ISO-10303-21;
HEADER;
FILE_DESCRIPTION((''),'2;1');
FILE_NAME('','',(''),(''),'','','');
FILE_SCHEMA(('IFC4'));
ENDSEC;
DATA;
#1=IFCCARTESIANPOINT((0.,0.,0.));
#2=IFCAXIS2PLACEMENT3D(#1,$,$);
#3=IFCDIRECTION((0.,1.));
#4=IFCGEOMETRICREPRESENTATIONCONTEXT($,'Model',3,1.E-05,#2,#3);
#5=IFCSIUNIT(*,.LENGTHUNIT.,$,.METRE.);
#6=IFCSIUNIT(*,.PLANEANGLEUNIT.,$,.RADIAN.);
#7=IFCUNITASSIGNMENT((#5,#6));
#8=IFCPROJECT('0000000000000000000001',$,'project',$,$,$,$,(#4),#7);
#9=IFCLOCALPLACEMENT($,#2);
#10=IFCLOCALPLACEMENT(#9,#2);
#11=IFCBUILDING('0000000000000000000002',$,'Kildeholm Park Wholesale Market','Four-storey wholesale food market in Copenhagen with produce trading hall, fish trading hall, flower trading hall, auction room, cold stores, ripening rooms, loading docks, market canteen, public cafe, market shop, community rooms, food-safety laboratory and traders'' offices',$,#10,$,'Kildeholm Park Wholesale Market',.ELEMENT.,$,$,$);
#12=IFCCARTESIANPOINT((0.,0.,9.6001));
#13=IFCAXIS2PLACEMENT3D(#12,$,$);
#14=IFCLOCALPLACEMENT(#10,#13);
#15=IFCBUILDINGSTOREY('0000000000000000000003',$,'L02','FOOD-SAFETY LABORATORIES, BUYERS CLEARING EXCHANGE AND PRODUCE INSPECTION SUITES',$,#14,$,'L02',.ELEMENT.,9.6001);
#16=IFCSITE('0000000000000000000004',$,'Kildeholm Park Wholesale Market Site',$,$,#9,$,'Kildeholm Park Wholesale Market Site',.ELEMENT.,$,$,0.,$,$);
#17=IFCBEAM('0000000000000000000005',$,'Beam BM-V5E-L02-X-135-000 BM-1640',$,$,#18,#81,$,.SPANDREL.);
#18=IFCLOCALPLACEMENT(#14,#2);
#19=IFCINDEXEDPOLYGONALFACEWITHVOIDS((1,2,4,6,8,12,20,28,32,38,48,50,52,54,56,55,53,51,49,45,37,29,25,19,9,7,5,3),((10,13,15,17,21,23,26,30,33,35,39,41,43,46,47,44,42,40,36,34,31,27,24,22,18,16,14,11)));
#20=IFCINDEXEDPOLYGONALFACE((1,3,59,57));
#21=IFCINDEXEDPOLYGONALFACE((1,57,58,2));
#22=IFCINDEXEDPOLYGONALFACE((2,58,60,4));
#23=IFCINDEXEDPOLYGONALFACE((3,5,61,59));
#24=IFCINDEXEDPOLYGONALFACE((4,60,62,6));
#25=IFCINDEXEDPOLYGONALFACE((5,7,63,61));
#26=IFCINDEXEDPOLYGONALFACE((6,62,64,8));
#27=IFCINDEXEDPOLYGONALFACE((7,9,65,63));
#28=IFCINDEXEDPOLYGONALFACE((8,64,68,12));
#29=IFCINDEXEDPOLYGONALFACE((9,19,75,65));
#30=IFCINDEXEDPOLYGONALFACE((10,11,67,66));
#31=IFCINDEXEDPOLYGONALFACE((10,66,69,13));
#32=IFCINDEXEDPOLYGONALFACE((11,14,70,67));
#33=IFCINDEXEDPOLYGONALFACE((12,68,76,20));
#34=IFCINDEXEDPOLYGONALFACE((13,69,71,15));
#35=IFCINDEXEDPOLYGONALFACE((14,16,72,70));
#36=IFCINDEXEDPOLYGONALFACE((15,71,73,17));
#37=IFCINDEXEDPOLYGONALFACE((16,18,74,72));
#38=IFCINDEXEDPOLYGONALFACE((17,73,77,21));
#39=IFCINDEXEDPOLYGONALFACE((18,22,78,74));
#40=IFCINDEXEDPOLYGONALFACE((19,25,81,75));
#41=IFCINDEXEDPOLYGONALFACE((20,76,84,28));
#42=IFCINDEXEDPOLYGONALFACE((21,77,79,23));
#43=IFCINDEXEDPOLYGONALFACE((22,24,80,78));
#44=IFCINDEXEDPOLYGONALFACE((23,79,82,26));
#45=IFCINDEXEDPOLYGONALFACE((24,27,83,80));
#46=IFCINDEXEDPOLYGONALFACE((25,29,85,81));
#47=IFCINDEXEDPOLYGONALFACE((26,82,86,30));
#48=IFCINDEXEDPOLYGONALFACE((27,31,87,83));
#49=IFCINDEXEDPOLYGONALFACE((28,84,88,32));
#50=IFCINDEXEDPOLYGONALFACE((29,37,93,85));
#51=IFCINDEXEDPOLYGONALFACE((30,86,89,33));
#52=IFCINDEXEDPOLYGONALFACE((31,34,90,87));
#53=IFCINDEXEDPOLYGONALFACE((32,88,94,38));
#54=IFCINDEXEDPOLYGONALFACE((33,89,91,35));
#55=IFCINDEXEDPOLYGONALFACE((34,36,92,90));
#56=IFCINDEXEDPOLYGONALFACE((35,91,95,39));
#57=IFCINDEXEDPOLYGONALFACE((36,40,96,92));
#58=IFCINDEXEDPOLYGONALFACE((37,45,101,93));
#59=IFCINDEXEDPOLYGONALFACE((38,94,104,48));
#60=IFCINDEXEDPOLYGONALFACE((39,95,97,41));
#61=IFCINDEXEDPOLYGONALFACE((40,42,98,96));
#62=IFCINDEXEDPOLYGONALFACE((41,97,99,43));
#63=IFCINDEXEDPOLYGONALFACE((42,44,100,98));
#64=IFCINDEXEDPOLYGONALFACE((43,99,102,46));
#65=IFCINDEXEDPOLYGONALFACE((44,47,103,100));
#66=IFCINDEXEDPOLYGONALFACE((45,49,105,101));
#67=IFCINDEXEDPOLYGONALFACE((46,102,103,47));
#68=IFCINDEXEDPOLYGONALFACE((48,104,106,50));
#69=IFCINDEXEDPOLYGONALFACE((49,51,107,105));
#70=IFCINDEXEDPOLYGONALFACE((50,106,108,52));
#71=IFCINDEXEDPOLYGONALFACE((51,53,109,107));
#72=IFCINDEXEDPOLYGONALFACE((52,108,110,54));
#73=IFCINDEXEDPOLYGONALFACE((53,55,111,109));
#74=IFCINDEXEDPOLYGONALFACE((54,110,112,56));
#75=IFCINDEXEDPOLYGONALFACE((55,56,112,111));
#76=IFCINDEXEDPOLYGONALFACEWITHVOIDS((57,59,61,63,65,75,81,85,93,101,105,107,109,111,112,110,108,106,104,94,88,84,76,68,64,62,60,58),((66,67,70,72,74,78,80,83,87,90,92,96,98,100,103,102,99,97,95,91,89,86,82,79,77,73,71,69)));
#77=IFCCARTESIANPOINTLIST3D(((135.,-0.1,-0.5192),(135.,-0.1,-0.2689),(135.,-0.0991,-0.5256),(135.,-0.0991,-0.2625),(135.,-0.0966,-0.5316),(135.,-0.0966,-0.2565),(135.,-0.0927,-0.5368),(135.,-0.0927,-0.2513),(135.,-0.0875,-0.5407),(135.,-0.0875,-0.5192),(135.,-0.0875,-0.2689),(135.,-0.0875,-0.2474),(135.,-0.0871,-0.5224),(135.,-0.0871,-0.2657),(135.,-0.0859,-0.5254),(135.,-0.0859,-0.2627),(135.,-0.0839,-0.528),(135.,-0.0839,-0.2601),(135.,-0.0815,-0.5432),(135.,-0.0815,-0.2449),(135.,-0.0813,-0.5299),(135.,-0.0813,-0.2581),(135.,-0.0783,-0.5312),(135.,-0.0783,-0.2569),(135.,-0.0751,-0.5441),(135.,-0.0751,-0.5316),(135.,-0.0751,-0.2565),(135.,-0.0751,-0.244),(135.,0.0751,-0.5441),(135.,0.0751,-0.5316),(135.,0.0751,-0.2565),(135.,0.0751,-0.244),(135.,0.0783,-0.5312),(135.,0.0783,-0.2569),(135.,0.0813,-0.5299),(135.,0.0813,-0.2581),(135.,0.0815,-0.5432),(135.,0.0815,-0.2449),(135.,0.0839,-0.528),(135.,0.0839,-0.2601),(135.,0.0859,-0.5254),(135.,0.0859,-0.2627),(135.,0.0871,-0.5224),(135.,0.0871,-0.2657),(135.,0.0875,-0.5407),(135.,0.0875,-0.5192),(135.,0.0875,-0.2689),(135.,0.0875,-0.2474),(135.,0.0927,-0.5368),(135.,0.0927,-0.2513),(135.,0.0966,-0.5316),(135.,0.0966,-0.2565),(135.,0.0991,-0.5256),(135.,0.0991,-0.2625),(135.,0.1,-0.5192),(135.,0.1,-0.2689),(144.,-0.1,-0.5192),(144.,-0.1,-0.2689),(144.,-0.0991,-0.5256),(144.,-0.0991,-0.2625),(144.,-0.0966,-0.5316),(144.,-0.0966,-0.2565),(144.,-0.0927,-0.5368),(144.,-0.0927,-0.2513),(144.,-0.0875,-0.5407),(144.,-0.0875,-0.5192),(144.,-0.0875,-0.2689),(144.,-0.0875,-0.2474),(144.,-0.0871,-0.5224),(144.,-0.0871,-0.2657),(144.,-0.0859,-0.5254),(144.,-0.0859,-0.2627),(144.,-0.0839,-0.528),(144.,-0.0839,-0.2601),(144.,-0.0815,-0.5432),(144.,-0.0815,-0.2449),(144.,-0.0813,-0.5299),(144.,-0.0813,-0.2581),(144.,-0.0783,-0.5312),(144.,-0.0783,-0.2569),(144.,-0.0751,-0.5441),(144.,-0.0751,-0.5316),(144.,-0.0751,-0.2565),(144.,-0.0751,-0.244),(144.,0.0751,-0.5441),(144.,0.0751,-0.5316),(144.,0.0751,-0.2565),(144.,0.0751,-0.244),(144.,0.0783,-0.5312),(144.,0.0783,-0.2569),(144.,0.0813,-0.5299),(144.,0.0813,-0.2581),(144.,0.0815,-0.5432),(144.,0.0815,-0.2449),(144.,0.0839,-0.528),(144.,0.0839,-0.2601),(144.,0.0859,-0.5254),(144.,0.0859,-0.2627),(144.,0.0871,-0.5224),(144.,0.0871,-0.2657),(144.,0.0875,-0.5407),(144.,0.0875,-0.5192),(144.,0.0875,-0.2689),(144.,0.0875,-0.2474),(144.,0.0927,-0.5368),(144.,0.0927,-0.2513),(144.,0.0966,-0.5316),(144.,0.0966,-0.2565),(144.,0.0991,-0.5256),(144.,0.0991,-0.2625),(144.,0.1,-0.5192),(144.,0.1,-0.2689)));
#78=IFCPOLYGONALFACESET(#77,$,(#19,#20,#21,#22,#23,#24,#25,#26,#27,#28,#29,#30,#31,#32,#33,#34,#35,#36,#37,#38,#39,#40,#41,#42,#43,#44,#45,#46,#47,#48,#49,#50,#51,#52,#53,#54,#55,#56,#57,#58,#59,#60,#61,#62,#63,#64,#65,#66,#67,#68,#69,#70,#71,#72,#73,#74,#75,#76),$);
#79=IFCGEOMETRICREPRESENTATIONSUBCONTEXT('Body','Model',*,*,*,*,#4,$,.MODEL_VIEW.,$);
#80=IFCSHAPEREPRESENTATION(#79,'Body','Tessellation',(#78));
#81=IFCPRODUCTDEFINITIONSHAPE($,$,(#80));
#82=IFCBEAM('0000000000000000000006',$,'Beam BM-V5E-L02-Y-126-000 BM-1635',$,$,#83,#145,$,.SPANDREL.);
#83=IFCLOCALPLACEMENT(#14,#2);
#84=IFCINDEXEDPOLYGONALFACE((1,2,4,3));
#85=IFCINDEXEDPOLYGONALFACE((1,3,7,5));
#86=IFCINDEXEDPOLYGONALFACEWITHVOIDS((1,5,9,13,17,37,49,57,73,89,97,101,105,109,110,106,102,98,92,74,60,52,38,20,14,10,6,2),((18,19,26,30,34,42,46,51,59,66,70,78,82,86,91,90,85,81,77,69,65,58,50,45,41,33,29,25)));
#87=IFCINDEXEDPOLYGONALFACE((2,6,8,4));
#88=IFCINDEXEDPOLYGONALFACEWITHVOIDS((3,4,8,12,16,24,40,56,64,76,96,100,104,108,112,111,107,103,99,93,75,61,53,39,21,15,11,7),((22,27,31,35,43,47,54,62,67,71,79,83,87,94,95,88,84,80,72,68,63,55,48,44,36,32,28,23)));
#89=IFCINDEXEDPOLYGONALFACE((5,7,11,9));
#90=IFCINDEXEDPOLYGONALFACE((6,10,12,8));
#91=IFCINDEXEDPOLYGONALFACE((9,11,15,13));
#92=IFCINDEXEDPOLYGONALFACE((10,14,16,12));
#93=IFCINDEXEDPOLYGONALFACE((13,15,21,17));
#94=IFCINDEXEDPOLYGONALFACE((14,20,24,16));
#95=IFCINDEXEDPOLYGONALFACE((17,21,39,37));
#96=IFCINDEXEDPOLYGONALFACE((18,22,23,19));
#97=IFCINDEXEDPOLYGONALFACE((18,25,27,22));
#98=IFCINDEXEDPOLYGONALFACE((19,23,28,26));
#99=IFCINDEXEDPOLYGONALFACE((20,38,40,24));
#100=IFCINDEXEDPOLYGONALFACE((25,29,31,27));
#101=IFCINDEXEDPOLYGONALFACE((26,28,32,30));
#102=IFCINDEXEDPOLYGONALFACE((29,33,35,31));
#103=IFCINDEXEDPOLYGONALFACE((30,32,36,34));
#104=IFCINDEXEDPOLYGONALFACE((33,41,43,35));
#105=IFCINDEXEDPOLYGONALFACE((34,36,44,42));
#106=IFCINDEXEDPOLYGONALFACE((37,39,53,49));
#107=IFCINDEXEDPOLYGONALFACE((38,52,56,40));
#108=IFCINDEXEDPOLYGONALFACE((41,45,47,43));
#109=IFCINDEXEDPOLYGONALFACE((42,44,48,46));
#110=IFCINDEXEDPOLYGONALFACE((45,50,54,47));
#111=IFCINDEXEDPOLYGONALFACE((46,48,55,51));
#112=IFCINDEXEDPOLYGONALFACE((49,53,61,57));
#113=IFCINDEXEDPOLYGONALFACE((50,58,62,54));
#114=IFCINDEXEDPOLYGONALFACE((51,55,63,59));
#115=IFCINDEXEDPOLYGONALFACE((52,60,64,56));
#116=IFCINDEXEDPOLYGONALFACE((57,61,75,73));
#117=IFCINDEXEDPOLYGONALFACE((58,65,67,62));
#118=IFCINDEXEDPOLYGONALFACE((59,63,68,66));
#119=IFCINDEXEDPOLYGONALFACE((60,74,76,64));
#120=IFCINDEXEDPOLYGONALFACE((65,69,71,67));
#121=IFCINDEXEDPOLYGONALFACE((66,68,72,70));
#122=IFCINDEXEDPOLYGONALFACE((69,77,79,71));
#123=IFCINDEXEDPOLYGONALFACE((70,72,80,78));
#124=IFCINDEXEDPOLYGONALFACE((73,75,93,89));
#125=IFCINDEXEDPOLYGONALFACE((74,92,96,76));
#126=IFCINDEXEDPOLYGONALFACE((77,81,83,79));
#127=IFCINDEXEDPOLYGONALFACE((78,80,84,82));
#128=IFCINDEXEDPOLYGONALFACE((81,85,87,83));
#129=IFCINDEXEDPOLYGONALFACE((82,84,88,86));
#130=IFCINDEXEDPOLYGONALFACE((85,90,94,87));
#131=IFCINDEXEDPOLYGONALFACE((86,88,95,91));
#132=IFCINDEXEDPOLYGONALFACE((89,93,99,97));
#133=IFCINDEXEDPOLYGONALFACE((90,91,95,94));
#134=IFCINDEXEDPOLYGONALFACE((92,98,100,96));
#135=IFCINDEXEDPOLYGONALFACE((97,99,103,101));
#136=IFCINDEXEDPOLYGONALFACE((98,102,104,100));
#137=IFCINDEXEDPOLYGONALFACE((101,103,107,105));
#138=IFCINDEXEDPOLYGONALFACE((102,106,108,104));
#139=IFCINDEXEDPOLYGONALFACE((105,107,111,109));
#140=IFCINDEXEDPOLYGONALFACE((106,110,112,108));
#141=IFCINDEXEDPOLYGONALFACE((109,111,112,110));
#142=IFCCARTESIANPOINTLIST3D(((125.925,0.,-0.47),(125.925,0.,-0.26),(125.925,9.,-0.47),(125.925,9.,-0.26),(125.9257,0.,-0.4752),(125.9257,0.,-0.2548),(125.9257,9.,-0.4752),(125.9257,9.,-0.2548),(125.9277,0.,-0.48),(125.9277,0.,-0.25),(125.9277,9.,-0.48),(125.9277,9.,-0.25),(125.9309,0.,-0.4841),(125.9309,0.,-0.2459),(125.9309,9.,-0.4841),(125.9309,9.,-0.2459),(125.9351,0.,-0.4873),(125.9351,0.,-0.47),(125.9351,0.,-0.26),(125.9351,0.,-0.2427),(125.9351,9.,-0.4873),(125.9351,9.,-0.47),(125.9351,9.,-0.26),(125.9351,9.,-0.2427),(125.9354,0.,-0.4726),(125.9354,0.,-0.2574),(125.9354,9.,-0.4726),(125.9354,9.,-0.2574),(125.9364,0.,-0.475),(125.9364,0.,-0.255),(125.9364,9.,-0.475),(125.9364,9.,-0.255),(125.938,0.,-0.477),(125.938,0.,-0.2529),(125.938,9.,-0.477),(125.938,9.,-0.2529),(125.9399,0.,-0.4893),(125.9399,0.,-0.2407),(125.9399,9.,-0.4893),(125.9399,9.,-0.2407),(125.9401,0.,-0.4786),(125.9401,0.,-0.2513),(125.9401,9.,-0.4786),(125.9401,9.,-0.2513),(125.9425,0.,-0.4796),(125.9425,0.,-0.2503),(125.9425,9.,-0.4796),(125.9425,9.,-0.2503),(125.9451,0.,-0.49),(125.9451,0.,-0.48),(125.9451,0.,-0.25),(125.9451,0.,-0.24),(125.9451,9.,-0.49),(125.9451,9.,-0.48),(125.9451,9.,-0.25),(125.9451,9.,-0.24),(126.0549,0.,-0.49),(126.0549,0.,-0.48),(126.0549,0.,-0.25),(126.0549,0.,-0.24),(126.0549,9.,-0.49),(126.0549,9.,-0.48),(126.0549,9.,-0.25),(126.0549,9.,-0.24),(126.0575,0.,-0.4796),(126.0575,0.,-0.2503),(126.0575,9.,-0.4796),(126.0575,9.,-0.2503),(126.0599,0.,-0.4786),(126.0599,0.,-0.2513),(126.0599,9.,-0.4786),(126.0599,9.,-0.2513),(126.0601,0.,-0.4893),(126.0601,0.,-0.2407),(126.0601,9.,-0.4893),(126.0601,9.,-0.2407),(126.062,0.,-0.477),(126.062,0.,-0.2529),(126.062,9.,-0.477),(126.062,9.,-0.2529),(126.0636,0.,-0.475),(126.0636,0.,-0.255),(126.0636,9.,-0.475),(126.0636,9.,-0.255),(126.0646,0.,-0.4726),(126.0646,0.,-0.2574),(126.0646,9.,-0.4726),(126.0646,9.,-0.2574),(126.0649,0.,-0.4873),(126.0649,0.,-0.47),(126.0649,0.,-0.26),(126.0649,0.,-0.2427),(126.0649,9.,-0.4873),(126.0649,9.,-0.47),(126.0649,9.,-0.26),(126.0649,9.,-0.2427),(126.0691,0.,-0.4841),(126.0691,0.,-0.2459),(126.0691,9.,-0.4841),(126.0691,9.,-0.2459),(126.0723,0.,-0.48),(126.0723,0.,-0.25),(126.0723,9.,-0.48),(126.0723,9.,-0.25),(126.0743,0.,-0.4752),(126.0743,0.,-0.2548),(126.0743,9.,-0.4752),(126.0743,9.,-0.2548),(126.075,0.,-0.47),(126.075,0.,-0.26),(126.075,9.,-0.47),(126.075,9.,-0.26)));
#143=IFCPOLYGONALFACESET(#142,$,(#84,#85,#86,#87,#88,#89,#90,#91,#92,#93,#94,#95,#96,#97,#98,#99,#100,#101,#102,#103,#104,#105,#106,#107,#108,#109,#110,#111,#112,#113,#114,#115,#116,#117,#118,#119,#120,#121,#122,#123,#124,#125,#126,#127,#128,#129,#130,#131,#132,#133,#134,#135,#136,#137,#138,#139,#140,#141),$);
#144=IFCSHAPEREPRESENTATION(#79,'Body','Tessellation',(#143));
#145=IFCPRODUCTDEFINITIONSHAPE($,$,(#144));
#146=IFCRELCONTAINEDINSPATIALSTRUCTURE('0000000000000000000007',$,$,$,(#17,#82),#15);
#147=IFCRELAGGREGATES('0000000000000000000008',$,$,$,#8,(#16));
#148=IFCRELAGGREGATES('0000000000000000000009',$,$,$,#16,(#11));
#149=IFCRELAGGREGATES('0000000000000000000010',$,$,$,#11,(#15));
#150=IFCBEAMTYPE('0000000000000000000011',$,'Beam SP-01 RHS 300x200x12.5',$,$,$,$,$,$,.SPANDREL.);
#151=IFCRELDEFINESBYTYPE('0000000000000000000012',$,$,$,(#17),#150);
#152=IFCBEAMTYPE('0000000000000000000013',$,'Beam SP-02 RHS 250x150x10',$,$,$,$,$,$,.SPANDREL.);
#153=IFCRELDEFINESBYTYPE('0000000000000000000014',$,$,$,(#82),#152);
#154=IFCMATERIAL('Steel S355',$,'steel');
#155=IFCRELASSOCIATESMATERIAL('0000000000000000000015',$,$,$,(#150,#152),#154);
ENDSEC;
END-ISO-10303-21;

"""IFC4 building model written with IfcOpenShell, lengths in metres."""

from ifc_helpers import new_model, si_unit, direction, frame, origin, origin_2d, place, context, subcontext, project, spatial, hollow_rectangle, extrude, material, material_profile, profile_set, type_object, element, save


model = new_model("IFC4")

# Units and contexts
model_context = context("Model", 3, precision=1e-05, world=origin(), true_north=direction((0.0, 1.0)))
body_context = subcontext(model_context, "Body", "Model", "MODEL_VIEW")
ifc_project = project(units=[si_unit("LENGTHUNIT", "METRE"), si_unit("PLANEANGLEUNIT", "RADIAN")], contexts=[model_context])

# Site, building, storey
site_placement = place(None, origin())
site = spatial("IfcSite", under=ifc_project, at=site_placement, Name="Kildeholm Park Wholesale Market Site", LongName="Kildeholm Park Wholesale Market Site", CompositionType="ELEMENT", RefElevation=0.0)
building_placement = place(site_placement, origin())
building = spatial("IfcBuilding", under=site, at=building_placement, Name="Kildeholm Park Wholesale Market", Description="Four-storey wholesale food market in Copenhagen with produce trading hall, fish trading hall, flower trading hall, auction room, cold stores, ripening rooms, loading docks, market canteen, public cafe, market shop, community rooms, food-safety laboratory and traders' offices", LongName="Kildeholm Park Wholesale Market", CompositionType="ELEMENT")
storey_placement = place(building_placement, frame((0.0, 0.0, 9.6001)))
storey = spatial("IfcBuildingStorey", under=building, at=storey_placement, Name="L02", Description="FOOD-SAFETY LABORATORIES, BUYERS CLEARING EXCHANGE AND PRODUCE INSPECTION SUITES", LongName="L02", CompositionType="ELEMENT", Elevation=9.6001)

# Shared definitions
ifc_material_1 = material(Name="Steel S355", Category="steel")

# Beams
ifc_material_profile_1 = material_profile(ifc_material_1, hollow_rectangle(XDim=0.2, YDim=0.3, WallThickness=0.0125, InnerFilletRadius=0.0125, OuterFilletRadius=0.0249, at=origin_2d()), Name="RHS 300x200x12.5")
ifc_profile_set_1 = profile_set([ifc_material_profile_1], Name="Steel S355")
beam_type_1 = type_object("IfcBeamType", Name="Beam SP-01 RHS 300x200x12.5", PredefinedType="SPANDREL", material=ifc_profile_set_1)
for number, where, z_axis, x_axis, name in (
    (1, (135.0, 0.0, -0.394), (1.0, 0.0, 0.0), (0.0, 1.0, 0.0), "Beam BM-V5E-L02-X-135-000 BM-1640"),
):
    element("IfcBeam", number, at=place(storey_placement, frame(where, z_axis=z_axis, x_axis=x_axis)), inside=storey, type_object=beam_type_1, Name=name, PredefinedType="SPANDREL", context=body_context, shape_type="SweptSolid", body=[
        extrude(hollow_rectangle(XDim=0.2, YDim=0.3, WallThickness=0.0125, InnerFilletRadius=0.0125, OuterFilletRadius=0.0249, at=origin_2d()), origin(), (0.0, 0.0, 1.0), 9.0),
    ])
ifc_material_profile_2 = material_profile(ifc_material_1, hollow_rectangle(XDim=0.1499, YDim=0.25, WallThickness=0.01, InnerFilletRadius=0.01, OuterFilletRadius=0.02, at=origin_2d()), Name="RHS 250x150x10")
ifc_profile_set_2 = profile_set([ifc_material_profile_2], Name="Steel S355")
beam_type_2 = type_object("IfcBeamType", Name="Beam SP-02 RHS 250x150x10", PredefinedType="SPANDREL", material=ifc_profile_set_2)
for number, where, z_axis, x_axis, name in (
    (2, (126.0, 0.0, -0.365), (0.0, 1.0, 0.0), (-1.0, 0.0, 0.0), "Beam BM-V5E-L02-Y-126-000 BM-1635"),
):
    element("IfcBeam", number, at=place(storey_placement, frame(where, z_axis=z_axis, x_axis=x_axis)), inside=storey, type_object=beam_type_2, Name=name, PredefinedType="SPANDREL", context=body_context, shape_type="SweptSolid", body=[
        extrude(hollow_rectangle(XDim=0.1499, YDim=0.25, WallThickness=0.01, InnerFilletRadius=0.01, OuterFilletRadius=0.02, at=origin_2d()), origin(), (0.0, 0.0, 1.0), 9.0),
    ])

save(model, "model.ifc")
